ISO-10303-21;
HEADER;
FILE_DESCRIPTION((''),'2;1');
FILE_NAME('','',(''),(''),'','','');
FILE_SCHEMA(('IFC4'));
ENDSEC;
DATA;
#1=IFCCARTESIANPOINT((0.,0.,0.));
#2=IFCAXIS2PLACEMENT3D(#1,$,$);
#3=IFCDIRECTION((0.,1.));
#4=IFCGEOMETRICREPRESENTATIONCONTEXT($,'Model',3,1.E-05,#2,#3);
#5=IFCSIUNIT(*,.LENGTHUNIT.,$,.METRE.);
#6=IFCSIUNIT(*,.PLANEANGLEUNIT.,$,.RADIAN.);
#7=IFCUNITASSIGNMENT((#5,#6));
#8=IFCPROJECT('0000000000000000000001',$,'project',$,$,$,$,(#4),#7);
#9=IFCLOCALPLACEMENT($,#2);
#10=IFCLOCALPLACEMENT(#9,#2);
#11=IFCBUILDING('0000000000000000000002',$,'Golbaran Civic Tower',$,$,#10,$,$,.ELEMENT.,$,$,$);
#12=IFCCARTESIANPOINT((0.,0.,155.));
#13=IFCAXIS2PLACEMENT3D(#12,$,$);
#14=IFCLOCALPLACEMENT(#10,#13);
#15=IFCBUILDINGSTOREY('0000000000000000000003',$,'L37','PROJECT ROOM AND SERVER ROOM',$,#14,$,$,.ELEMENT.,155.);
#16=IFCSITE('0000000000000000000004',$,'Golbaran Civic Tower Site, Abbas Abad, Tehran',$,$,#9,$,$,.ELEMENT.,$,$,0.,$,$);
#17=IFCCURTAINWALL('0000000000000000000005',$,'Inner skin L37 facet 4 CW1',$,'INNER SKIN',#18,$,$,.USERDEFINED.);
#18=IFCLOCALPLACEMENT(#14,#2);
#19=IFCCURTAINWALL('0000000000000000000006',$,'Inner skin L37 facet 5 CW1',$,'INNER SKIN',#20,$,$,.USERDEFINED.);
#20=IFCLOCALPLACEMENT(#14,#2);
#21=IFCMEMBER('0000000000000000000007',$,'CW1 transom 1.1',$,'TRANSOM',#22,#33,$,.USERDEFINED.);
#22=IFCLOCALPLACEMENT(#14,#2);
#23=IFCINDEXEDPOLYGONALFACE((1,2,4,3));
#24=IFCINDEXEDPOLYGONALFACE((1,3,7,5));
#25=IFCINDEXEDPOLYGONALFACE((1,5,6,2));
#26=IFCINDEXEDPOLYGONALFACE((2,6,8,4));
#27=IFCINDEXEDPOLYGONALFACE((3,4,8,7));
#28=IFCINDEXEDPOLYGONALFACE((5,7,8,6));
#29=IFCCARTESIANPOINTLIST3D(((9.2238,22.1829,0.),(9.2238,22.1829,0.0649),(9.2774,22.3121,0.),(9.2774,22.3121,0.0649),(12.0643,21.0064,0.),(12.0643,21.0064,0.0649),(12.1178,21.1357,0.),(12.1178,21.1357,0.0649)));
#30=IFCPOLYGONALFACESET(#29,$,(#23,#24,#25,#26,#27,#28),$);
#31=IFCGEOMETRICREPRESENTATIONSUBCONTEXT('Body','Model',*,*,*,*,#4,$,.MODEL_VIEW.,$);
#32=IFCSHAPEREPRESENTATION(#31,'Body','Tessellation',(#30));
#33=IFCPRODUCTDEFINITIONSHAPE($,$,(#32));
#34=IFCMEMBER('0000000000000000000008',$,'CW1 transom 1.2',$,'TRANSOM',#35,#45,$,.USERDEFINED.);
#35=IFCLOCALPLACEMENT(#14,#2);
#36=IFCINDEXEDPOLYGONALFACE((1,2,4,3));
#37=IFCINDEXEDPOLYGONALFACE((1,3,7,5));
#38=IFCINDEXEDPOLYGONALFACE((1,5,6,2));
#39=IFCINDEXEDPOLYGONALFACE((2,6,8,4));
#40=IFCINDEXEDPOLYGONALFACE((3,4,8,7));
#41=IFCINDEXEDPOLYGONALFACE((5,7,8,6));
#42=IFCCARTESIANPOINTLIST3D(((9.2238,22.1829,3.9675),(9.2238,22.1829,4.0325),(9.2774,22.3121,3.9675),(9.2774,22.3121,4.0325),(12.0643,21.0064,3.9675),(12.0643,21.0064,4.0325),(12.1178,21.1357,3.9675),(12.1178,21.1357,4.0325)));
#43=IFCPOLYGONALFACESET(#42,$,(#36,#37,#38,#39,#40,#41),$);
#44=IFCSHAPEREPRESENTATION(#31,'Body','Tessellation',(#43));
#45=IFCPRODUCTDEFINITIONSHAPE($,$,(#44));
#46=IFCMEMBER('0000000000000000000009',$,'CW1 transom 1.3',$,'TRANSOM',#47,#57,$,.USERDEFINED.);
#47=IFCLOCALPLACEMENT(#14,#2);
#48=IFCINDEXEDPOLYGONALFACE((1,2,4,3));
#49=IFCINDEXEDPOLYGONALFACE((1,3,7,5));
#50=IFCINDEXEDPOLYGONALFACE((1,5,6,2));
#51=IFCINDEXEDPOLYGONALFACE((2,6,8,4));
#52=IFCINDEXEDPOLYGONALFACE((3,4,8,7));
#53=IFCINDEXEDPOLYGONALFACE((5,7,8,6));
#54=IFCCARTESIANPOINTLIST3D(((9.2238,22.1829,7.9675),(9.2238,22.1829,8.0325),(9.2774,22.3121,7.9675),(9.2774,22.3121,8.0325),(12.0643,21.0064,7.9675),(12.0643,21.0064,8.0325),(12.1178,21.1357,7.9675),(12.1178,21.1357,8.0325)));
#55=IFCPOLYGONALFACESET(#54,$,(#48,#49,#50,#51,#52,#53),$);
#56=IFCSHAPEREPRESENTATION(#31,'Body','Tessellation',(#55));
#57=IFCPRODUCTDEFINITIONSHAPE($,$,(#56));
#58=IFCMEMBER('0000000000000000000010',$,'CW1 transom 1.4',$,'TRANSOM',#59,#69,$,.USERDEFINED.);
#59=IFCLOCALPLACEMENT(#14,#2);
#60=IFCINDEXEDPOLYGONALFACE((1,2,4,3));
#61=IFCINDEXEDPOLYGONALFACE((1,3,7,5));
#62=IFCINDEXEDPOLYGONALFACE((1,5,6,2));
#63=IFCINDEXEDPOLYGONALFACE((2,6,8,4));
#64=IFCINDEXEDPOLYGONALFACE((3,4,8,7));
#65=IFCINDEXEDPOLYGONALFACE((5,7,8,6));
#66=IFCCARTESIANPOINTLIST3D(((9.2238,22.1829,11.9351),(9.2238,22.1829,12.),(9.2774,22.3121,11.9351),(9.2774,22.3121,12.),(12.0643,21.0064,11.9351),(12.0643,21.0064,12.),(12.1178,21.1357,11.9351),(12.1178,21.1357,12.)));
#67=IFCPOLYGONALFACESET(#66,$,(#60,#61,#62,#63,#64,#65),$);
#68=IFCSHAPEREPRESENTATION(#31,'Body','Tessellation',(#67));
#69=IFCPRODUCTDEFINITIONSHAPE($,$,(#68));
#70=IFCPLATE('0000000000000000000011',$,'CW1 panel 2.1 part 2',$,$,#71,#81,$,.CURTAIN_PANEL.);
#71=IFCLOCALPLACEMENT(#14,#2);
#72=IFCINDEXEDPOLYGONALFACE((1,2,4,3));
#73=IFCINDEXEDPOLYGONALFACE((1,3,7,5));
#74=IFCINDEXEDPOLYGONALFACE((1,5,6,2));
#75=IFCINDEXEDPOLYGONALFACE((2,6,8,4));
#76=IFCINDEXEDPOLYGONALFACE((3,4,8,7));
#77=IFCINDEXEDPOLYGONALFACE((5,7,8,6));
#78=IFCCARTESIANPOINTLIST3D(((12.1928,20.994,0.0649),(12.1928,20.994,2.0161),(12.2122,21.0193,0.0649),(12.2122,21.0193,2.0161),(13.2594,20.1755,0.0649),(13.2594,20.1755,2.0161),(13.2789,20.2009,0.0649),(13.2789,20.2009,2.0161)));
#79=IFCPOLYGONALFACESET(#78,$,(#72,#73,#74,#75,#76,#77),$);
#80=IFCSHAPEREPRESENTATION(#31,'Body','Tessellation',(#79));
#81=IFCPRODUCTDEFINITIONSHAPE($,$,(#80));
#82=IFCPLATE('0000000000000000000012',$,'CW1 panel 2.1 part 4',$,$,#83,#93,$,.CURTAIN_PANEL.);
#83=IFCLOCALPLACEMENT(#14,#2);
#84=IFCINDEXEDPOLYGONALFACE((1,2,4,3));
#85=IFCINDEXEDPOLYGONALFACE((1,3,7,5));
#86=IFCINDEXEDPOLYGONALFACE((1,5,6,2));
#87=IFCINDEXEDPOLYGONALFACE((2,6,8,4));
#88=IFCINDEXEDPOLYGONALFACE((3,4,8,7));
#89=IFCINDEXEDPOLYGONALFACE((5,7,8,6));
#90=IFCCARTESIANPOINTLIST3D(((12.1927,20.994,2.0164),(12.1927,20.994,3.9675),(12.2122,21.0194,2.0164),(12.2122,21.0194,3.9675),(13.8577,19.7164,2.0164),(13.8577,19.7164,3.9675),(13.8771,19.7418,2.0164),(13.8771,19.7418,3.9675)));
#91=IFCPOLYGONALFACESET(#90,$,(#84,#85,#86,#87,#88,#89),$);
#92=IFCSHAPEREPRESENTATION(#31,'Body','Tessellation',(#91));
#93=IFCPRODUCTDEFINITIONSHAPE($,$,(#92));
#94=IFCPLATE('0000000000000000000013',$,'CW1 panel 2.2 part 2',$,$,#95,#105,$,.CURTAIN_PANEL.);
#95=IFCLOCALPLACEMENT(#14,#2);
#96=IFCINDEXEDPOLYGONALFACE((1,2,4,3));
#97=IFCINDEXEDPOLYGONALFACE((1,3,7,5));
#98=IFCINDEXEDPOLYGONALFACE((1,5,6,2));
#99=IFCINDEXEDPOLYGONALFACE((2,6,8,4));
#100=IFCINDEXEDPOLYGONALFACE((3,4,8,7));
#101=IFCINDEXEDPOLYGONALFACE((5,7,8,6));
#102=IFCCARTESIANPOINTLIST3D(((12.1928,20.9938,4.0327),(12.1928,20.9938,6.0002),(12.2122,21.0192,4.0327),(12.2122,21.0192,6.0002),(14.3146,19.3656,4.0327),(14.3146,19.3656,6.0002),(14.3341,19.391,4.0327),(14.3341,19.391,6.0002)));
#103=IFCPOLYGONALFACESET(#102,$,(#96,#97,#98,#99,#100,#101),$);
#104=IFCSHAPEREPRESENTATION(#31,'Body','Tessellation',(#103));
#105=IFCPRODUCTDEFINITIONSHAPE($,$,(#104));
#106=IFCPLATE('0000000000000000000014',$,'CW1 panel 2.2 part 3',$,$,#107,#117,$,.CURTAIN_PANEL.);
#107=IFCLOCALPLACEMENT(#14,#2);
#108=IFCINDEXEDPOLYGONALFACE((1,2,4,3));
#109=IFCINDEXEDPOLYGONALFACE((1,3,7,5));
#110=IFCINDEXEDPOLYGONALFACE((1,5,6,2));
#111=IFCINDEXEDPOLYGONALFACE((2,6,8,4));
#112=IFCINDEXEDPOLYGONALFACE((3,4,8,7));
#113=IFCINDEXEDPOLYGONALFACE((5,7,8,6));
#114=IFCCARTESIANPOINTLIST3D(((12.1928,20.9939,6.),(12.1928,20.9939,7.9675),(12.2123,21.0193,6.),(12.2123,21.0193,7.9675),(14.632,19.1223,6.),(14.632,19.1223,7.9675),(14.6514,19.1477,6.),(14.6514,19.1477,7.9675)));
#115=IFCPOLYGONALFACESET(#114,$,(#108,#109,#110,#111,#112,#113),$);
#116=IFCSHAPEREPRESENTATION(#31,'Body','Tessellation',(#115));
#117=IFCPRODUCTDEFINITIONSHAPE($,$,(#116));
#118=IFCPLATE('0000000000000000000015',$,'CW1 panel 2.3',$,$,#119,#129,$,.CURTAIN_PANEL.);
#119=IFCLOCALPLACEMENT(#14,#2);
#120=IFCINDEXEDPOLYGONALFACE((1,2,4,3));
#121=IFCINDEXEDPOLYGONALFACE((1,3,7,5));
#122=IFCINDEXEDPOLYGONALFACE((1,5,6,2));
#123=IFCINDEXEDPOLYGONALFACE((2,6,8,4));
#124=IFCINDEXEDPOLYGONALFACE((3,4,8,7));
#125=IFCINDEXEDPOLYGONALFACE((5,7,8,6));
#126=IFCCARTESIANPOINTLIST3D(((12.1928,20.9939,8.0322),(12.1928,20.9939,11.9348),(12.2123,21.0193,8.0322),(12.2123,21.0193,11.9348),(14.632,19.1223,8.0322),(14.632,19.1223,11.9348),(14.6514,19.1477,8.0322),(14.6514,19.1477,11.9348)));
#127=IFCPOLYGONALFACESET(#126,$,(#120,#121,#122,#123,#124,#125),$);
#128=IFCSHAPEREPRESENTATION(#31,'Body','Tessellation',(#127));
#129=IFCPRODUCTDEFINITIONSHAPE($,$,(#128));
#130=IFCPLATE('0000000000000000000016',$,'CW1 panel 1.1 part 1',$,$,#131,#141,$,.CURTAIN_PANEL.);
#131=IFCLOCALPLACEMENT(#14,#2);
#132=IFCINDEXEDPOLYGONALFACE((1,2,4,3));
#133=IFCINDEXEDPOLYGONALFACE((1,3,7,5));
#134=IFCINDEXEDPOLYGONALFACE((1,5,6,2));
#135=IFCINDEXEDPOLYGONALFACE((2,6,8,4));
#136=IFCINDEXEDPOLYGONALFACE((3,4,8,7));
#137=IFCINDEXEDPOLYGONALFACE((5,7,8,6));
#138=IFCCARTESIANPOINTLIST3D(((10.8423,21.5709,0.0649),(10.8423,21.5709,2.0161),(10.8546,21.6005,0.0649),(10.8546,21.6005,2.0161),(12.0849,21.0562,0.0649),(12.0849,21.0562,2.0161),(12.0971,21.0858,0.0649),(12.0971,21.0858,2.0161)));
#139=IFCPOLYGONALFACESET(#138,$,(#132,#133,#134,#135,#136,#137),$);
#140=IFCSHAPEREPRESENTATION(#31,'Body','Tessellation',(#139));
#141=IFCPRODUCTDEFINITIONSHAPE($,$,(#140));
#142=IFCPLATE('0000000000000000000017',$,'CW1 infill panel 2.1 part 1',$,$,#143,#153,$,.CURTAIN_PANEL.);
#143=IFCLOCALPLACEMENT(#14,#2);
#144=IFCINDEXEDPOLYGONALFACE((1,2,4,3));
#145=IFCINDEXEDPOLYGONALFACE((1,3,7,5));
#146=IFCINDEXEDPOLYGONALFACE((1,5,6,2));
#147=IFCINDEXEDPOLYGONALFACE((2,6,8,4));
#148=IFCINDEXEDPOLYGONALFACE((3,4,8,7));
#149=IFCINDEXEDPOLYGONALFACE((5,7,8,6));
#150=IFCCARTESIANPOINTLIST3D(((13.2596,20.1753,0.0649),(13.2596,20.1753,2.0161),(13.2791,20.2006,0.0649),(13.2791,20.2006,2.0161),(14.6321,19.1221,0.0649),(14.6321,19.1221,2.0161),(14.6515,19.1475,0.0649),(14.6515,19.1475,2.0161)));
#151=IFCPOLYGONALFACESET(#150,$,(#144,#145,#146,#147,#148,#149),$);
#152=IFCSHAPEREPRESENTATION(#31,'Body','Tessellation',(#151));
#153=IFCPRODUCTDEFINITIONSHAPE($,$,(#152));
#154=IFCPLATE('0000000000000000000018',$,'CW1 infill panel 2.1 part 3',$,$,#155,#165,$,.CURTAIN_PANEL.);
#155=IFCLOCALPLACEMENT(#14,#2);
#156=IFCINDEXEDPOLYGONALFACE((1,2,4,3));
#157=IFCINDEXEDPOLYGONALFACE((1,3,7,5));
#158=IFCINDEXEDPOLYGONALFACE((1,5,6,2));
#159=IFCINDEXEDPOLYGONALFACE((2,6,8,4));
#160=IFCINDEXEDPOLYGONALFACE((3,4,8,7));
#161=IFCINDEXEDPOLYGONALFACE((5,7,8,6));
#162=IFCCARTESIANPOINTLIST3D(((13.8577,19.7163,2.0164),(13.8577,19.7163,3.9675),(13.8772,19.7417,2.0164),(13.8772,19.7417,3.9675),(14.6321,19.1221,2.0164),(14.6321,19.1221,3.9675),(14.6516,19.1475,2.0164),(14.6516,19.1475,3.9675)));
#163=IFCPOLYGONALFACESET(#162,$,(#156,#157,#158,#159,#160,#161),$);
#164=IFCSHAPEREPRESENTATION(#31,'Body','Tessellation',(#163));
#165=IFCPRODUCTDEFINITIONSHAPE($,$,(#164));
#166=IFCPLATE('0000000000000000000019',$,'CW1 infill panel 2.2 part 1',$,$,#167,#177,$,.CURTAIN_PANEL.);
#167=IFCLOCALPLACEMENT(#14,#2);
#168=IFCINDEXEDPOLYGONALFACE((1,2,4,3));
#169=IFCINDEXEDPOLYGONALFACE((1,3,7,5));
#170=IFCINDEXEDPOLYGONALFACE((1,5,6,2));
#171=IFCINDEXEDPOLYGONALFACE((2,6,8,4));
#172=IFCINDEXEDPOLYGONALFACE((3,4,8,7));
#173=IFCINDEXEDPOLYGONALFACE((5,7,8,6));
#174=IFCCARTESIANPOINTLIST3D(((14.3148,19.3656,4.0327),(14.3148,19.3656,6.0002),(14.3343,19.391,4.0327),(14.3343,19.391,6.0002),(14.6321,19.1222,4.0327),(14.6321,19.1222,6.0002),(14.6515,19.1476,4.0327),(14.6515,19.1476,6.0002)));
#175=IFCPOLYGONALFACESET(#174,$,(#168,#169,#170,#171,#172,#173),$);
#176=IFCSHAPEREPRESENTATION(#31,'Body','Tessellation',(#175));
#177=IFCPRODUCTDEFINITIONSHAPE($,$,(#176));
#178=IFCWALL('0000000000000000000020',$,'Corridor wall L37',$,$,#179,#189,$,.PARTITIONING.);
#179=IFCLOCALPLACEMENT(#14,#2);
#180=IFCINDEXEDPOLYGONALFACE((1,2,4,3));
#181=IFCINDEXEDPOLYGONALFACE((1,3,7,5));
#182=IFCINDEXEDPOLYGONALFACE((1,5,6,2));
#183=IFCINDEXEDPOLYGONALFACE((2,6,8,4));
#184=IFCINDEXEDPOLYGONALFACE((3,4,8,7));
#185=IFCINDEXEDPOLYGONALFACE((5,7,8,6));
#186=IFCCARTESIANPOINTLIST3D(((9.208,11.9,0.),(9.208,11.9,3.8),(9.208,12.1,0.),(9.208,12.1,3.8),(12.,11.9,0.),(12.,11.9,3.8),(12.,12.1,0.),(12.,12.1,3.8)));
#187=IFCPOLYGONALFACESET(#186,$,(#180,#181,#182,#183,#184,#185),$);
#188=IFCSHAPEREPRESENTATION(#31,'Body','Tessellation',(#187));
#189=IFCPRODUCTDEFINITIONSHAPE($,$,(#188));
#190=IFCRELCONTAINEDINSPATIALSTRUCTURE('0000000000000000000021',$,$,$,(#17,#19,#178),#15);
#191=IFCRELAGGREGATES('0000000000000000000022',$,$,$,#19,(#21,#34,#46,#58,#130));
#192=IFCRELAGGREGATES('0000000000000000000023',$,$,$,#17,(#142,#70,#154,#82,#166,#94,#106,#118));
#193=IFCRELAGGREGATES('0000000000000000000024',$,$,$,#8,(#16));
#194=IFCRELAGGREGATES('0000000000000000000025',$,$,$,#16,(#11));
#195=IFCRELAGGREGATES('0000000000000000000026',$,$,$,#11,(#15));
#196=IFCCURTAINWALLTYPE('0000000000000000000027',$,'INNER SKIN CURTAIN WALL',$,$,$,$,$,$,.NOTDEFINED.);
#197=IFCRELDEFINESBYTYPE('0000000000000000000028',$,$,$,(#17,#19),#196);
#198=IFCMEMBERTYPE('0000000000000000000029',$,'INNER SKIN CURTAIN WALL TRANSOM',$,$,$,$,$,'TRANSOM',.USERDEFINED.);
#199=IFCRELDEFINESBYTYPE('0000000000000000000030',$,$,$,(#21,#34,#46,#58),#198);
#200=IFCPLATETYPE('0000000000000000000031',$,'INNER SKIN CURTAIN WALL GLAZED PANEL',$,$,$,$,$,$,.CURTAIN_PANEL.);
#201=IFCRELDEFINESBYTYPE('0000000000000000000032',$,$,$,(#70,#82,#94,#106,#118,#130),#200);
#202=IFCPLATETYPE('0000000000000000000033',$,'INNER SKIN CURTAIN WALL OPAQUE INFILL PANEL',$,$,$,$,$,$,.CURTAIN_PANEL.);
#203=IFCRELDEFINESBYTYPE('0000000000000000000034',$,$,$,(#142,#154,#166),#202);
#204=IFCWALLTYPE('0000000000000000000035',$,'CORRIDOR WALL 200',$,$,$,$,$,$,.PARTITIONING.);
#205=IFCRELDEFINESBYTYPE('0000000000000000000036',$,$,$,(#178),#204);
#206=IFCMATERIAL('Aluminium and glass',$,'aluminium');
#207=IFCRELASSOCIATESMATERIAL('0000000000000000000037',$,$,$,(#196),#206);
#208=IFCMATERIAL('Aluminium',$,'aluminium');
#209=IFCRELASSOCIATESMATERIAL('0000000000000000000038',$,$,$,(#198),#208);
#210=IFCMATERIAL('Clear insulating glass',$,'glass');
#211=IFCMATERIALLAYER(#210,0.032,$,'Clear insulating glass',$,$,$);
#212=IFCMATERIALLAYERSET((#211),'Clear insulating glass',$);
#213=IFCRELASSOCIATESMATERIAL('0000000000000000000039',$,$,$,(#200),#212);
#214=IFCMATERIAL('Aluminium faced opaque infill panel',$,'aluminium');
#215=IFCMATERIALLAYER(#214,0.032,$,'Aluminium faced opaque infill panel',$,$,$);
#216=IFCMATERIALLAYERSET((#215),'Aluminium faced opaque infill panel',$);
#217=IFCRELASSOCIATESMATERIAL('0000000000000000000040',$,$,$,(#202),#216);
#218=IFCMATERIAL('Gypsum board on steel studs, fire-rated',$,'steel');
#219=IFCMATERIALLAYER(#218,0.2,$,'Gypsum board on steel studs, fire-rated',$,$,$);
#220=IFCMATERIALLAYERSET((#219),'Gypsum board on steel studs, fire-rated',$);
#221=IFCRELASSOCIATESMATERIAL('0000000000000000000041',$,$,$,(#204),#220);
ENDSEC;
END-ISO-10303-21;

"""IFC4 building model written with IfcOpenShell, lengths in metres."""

from ifc_helpers import new_model, si_unit, direction, frame, frame_2d, origin, origin_2d, place, context, subcontext, project, spatial, rectangle, extrude, material, layer, layer_set, material_profile, profile_set, type_object, element, aggregate, save


model = new_model("IFC4")

# Units and contexts
model_context = context("Model", 3, precision=1e-05, world=origin(), true_north=direction((0.0, 1.0)))
body_context = subcontext(model_context, "Body", "Model", "MODEL_VIEW")
ifc_project = project(units=[si_unit("LENGTHUNIT", "METRE"), si_unit("PLANEANGLEUNIT", "RADIAN")], contexts=[model_context])

# Site, building, storey
site_placement = place(None, origin())
site = spatial("IfcSite", under=ifc_project, at=site_placement, Name="Golbaran Civic Tower Site, Abbas Abad, Tehran", CompositionType="ELEMENT", RefElevation=0.0)
building_placement = place(site_placement, origin())
building = spatial("IfcBuilding", under=site, at=building_placement, Name="Golbaran Civic Tower", CompositionType="ELEMENT")
storey_placement = place(building_placement, frame((0.0, 0.0, 155.0)))
storey = spatial("IfcBuildingStorey", under=building, at=storey_placement, Name="L37", Description="PROJECT ROOM AND SERVER ROOM", CompositionType="ELEMENT", Elevation=155.0)

# Curtain wall
ifc_material_1 = material(Name="Aluminium and glass", Category="aluminium")
curtain_wall_type = type_object("IfcCurtainWallType", Name="INNER SKIN CURTAIN WALL", PredefinedType="NOTDEFINED", material=ifc_material_1)
curtain_wall_1_placement = place(storey_placement, origin())
curtain_wall_1 = element("IfcCurtainWall", 1, at=curtain_wall_1_placement, inside=storey, type_object=curtain_wall_type, Name="Inner skin L37 facet 4 CW1", ObjectType="INNER SKIN", PredefinedType="USERDEFINED")
ifc_material_2 = material(Name="Aluminium", Category="aluminium")

# Curtain wall
curtain_wall_2_placement = place(storey_placement, origin())
curtain_wall_2 = element("IfcCurtainWall", 2, at=curtain_wall_2_placement, inside=storey, type_object=curtain_wall_type, Name="Inner skin L37 facet 5 CW1", ObjectType="INNER SKIN", PredefinedType="USERDEFINED")

# Members
ifc_material_profile_1 = material_profile(ifc_material_2, rectangle(XDim=0.1399, YDim=0.0649, at=origin_2d()), Name="INNER SKIN CURTAIN WALL TRANSOM")
ifc_profile_set_1 = profile_set([ifc_material_profile_1], Name="Aluminium")
member_type_1 = type_object("IfcMemberType", Name="INNER SKIN CURTAIN WALL TRANSOM", ElementType="TRANSOM", PredefinedType="USERDEFINED", material=ifc_profile_set_1)
member_1_placement = place(storey_placement, frame((12.0911, 21.071, 0.0325), z_axis=(-0.92389, 0.382658, 0.0), x_axis=(-0.382658, -0.92389, 0.0)))
member_1 = element("IfcMember", 3, at=member_1_placement, type_object=member_type_1, Name="CW1 transom 1.1", ObjectType="TRANSOM", PredefinedType="USERDEFINED", context=body_context, shape_type="SweptSolid", body=[
    extrude(rectangle(XDim=0.1399, YDim=0.0649, at=origin_2d()), origin(), (0.0, 0.0, 1.0), 3.0745),
])
member_2_placement = place(storey_placement, frame((12.0911, 21.071, 4.0), z_axis=(-0.92389, 0.382658, 0.0), x_axis=(-0.382658, -0.92389, 0.0)))
member_2 = element("IfcMember", 4, at=member_2_placement, type_object=member_type_1, Name="CW1 transom 1.2", ObjectType="TRANSOM", PredefinedType="USERDEFINED", context=body_context, shape_type="SweptSolid", body=[
    extrude(rectangle(XDim=0.1399, YDim=0.0649, at=origin_2d()), origin(), (0.0, 0.0, 1.0), 3.0745),
])
member_3_placement = place(storey_placement, frame((12.0911, 21.071, 8.0), z_axis=(-0.92389, 0.382658, 0.0), x_axis=(-0.382658, -0.92389, 0.0)))
member_3 = element("IfcMember", 5, at=member_3_placement, type_object=member_type_1, Name="CW1 transom 1.3", ObjectType="TRANSOM", PredefinedType="USERDEFINED", context=body_context, shape_type="SweptSolid", body=[
    extrude(rectangle(XDim=0.1399, YDim=0.0649, at=origin_2d()), origin(), (0.0, 0.0, 1.0), 3.0745),
])
member_4_placement = place(storey_placement, frame((12.0911, 21.071, 11.9675), z_axis=(-0.92389, 0.382658, 0.0), x_axis=(-0.382658, -0.92389, 0.0)))
member_4 = element("IfcMember", 6, at=member_4_placement, type_object=member_type_1, Name="CW1 transom 1.4", ObjectType="TRANSOM", PredefinedType="USERDEFINED", context=body_context, shape_type="SweptSolid", body=[
    extrude(rectangle(XDim=0.1399, YDim=0.0649, at=origin_2d()), origin(), (0.0, 0.0, 1.0), 3.0745),
])

# Plates
ifc_material_3 = material(Name="Clear insulating glass", Category="glass")
ifc_layer_1 = layer(ifc_material_3, 0.032, Name="Clear insulating glass")
ifc_layer_set_1 = layer_set([ifc_layer_1], Name="Clear insulating glass")
plate_type_1 = type_object("IfcPlateType", Name="INNER SKIN CURTAIN WALL GLAZED PANEL", PredefinedType="CURTAIN_PANEL", material=ifc_layer_set_1)
plate_1_placement = place(storey_placement, frame((12.7358, 20.5974, 0.0649), z_axis=(0.0, 0.0, 1.0), x_axis=(-0.793353, 0.608761, 0.0)))
plate_1 = element("IfcPlate", 7, at=plate_1_placement, type_object=plate_type_1, Name="CW1 panel 2.1 part 2", PredefinedType="CURTAIN_PANEL", context=body_context, shape_type="SweptSolid", body=[
    extrude(rectangle(XDim=1.3445, YDim=0.032, at=origin_2d()), origin(), (0.0, 0.0, 1.0), 1.9512),
])
plate_2_placement = place(storey_placement, frame((13.0349, 20.3679, 2.0164), z_axis=(0.0, 0.0, 1.0), x_axis=(-0.793353, 0.608761, 0.0)))
plate_2 = element("IfcPlate", 8, at=plate_2_placement, type_object=plate_type_1, Name="CW1 panel 2.1 part 4", PredefinedType="CURTAIN_PANEL", context=body_context, shape_type="SweptSolid", body=[
    extrude(rectangle(XDim=2.0986, YDim=0.032, at=origin_2d()), origin(), (0.0, 0.0, 1.0), 1.9512),
])
plate_3_placement = place(storey_placement, frame((13.2634, 20.1924, 4.0327), z_axis=(0.0, 0.0, 1.0), x_axis=(-0.793353, 0.608761, 0.0)))
plate_3 = element("IfcPlate", 9, at=plate_3_placement, type_object=plate_type_1, Name="CW1 panel 2.2 part 2", PredefinedType="CURTAIN_PANEL", context=body_context, shape_type="SweptSolid", body=[
    extrude(rectangle(XDim=2.6746, YDim=0.032, at=origin_2d()), origin(), (0.0, 0.0, 1.0), 1.9675),
])
plate_4_placement = place(storey_placement, frame((13.4221, 20.0708, 6.0), z_axis=(0.0, 0.0, 1.0), x_axis=(-0.793353, 0.608761, 0.0)))
plate_4 = element("IfcPlate", 10, at=plate_4_placement, type_object=plate_type_1, Name="CW1 panel 2.2 part 3", PredefinedType="CURTAIN_PANEL", context=body_context, shape_type="SweptSolid", body=[
    extrude(rectangle(XDim=3.0745, YDim=0.032, at=origin_2d()), origin(), (0.0, 0.0, 1.0), 1.9675),
])
plate_5_placement = place(storey_placement, frame((13.4221, 20.0708, 8.0322), z_axis=(0.0, 0.0, 1.0), x_axis=(-0.793353, 0.608761, 0.0)))
plate_5 = element("IfcPlate", 11, at=plate_5_placement, type_object=plate_type_1, Name="CW1 panel 2.3", PredefinedType="CURTAIN_PANEL", context=body_context, shape_type="SweptSolid", body=[
    extrude(rectangle(XDim=3.0745, YDim=0.032, at=origin_2d()), origin(), (0.0, 0.0, 1.0), 3.9026),
])
plate_6_placement = place(storey_placement, frame((11.4697, 21.3284, 0.0649), z_axis=(0.0, 0.0, 1.0), x_axis=(-0.92388, 0.382683, 0.0)))
plate_6 = element("IfcPlate", 12, at=plate_6_placement, type_object=plate_type_1, Name="CW1 panel 1.1 part 1", PredefinedType="CURTAIN_PANEL", context=body_context, shape_type="SweptSolid", body=[
    extrude(rectangle(XDim=1.345, YDim=0.032, at=origin_2d()), origin(), (0.0, 0.0, 1.0), 1.9512),
])
aggregate(curtain_wall_2, [member_1, member_2, member_3, member_4, plate_6])
ifc_material_4 = material(Name="Aluminium faced opaque infill panel", Category="aluminium")
ifc_layer_2 = layer(ifc_material_4, 0.032, Name="Aluminium faced opaque infill panel")
ifc_layer_set_2 = layer_set([ifc_layer_2], Name="Aluminium faced opaque infill panel")
plate_type_2 = type_object("IfcPlateType", Name="INNER SKIN CURTAIN WALL OPAQUE INFILL PANEL", PredefinedType="CURTAIN_PANEL", material=ifc_layer_set_2)
plate_7_placement = place(storey_placement, frame((13.9556, 19.6614, 0.0649), z_axis=(0.0, 0.0, 1.0), x_axis=(-0.793353, 0.608761, 0.0)))
plate_7 = element("IfcPlate", 13, at=plate_7_placement, type_object=plate_type_2, Name="CW1 infill panel 2.1 part 1", PredefinedType="CURTAIN_PANEL", context=body_context, shape_type="SweptSolid", body=[
    extrude(rectangle(XDim=1.73, YDim=0.032, at=origin_2d()), origin(), (0.0, 0.0, 1.0), 1.9512),
])
plate_8_placement = place(storey_placement, frame((14.2546, 19.4319, 2.0164), z_axis=(0.0, 0.0, 1.0), x_axis=(-0.793353, 0.608761, 0.0)))
plate_8 = element("IfcPlate", 14, at=plate_8_placement, type_object=plate_type_2, Name="CW1 infill panel 2.1 part 3", PredefinedType="CURTAIN_PANEL", context=body_context, shape_type="SweptSolid", body=[
    extrude(rectangle(XDim=0.9761, YDim=0.032, at=origin_2d()), origin(), (0.0, 0.0, 1.0), 1.9512),
])
plate_9_placement = place(storey_placement, frame((14.4832, 19.2566, 4.0327), z_axis=(0.0, 0.0, 1.0), x_axis=(-0.793353, 0.608761, 0.0)))
plate_9 = element("IfcPlate", 15, at=plate_9_placement, type_object=plate_type_2, Name="CW1 infill panel 2.2 part 1", PredefinedType="CURTAIN_PANEL", context=body_context, shape_type="SweptSolid", body=[
    extrude(rectangle(XDim=0.3999, YDim=0.032, at=origin_2d()), origin(), (0.0, 0.0, 1.0), 1.9675),
])
aggregate(curtain_wall_1, [plate_7, plate_1, plate_8, plate_2, plate_9, plate_3, plate_4, plate_5])

# Wall
ifc_material_5 = material(Name="Gypsum board on steel studs, fire-rated", Category="steel")
ifc_layer_3 = layer(ifc_material_5, 0.2, Name="Gypsum board on steel studs, fire-rated")
ifc_layer_set_3 = layer_set([ifc_layer_3], Name="Gypsum board on steel studs, fire-rated")
wall_type_1 = type_object("IfcWallType", Name="CORRIDOR WALL 200", PredefinedType="PARTITIONING", material=ifc_layer_set_3)
wall_1_placement = place(storey_placement, frame((12.0, 12.0, 0.0), z_axis=(0.0, 0.0, 1.0), x_axis=(-1.0, 0.0, 0.0)))
element("IfcWall", 16, at=wall_1_placement, inside=storey, type_object=wall_type_1, Name="Corridor wall L37", PredefinedType="PARTITIONING", context=body_context, shape_type="SweptSolid", body=[
    extrude(rectangle(XDim=2.792, YDim=0.2, at=frame_2d((1.396, 0.0))), origin(), (0.0, 0.0, 1.0), 3.8),
])

save(model, "model.ifc")
